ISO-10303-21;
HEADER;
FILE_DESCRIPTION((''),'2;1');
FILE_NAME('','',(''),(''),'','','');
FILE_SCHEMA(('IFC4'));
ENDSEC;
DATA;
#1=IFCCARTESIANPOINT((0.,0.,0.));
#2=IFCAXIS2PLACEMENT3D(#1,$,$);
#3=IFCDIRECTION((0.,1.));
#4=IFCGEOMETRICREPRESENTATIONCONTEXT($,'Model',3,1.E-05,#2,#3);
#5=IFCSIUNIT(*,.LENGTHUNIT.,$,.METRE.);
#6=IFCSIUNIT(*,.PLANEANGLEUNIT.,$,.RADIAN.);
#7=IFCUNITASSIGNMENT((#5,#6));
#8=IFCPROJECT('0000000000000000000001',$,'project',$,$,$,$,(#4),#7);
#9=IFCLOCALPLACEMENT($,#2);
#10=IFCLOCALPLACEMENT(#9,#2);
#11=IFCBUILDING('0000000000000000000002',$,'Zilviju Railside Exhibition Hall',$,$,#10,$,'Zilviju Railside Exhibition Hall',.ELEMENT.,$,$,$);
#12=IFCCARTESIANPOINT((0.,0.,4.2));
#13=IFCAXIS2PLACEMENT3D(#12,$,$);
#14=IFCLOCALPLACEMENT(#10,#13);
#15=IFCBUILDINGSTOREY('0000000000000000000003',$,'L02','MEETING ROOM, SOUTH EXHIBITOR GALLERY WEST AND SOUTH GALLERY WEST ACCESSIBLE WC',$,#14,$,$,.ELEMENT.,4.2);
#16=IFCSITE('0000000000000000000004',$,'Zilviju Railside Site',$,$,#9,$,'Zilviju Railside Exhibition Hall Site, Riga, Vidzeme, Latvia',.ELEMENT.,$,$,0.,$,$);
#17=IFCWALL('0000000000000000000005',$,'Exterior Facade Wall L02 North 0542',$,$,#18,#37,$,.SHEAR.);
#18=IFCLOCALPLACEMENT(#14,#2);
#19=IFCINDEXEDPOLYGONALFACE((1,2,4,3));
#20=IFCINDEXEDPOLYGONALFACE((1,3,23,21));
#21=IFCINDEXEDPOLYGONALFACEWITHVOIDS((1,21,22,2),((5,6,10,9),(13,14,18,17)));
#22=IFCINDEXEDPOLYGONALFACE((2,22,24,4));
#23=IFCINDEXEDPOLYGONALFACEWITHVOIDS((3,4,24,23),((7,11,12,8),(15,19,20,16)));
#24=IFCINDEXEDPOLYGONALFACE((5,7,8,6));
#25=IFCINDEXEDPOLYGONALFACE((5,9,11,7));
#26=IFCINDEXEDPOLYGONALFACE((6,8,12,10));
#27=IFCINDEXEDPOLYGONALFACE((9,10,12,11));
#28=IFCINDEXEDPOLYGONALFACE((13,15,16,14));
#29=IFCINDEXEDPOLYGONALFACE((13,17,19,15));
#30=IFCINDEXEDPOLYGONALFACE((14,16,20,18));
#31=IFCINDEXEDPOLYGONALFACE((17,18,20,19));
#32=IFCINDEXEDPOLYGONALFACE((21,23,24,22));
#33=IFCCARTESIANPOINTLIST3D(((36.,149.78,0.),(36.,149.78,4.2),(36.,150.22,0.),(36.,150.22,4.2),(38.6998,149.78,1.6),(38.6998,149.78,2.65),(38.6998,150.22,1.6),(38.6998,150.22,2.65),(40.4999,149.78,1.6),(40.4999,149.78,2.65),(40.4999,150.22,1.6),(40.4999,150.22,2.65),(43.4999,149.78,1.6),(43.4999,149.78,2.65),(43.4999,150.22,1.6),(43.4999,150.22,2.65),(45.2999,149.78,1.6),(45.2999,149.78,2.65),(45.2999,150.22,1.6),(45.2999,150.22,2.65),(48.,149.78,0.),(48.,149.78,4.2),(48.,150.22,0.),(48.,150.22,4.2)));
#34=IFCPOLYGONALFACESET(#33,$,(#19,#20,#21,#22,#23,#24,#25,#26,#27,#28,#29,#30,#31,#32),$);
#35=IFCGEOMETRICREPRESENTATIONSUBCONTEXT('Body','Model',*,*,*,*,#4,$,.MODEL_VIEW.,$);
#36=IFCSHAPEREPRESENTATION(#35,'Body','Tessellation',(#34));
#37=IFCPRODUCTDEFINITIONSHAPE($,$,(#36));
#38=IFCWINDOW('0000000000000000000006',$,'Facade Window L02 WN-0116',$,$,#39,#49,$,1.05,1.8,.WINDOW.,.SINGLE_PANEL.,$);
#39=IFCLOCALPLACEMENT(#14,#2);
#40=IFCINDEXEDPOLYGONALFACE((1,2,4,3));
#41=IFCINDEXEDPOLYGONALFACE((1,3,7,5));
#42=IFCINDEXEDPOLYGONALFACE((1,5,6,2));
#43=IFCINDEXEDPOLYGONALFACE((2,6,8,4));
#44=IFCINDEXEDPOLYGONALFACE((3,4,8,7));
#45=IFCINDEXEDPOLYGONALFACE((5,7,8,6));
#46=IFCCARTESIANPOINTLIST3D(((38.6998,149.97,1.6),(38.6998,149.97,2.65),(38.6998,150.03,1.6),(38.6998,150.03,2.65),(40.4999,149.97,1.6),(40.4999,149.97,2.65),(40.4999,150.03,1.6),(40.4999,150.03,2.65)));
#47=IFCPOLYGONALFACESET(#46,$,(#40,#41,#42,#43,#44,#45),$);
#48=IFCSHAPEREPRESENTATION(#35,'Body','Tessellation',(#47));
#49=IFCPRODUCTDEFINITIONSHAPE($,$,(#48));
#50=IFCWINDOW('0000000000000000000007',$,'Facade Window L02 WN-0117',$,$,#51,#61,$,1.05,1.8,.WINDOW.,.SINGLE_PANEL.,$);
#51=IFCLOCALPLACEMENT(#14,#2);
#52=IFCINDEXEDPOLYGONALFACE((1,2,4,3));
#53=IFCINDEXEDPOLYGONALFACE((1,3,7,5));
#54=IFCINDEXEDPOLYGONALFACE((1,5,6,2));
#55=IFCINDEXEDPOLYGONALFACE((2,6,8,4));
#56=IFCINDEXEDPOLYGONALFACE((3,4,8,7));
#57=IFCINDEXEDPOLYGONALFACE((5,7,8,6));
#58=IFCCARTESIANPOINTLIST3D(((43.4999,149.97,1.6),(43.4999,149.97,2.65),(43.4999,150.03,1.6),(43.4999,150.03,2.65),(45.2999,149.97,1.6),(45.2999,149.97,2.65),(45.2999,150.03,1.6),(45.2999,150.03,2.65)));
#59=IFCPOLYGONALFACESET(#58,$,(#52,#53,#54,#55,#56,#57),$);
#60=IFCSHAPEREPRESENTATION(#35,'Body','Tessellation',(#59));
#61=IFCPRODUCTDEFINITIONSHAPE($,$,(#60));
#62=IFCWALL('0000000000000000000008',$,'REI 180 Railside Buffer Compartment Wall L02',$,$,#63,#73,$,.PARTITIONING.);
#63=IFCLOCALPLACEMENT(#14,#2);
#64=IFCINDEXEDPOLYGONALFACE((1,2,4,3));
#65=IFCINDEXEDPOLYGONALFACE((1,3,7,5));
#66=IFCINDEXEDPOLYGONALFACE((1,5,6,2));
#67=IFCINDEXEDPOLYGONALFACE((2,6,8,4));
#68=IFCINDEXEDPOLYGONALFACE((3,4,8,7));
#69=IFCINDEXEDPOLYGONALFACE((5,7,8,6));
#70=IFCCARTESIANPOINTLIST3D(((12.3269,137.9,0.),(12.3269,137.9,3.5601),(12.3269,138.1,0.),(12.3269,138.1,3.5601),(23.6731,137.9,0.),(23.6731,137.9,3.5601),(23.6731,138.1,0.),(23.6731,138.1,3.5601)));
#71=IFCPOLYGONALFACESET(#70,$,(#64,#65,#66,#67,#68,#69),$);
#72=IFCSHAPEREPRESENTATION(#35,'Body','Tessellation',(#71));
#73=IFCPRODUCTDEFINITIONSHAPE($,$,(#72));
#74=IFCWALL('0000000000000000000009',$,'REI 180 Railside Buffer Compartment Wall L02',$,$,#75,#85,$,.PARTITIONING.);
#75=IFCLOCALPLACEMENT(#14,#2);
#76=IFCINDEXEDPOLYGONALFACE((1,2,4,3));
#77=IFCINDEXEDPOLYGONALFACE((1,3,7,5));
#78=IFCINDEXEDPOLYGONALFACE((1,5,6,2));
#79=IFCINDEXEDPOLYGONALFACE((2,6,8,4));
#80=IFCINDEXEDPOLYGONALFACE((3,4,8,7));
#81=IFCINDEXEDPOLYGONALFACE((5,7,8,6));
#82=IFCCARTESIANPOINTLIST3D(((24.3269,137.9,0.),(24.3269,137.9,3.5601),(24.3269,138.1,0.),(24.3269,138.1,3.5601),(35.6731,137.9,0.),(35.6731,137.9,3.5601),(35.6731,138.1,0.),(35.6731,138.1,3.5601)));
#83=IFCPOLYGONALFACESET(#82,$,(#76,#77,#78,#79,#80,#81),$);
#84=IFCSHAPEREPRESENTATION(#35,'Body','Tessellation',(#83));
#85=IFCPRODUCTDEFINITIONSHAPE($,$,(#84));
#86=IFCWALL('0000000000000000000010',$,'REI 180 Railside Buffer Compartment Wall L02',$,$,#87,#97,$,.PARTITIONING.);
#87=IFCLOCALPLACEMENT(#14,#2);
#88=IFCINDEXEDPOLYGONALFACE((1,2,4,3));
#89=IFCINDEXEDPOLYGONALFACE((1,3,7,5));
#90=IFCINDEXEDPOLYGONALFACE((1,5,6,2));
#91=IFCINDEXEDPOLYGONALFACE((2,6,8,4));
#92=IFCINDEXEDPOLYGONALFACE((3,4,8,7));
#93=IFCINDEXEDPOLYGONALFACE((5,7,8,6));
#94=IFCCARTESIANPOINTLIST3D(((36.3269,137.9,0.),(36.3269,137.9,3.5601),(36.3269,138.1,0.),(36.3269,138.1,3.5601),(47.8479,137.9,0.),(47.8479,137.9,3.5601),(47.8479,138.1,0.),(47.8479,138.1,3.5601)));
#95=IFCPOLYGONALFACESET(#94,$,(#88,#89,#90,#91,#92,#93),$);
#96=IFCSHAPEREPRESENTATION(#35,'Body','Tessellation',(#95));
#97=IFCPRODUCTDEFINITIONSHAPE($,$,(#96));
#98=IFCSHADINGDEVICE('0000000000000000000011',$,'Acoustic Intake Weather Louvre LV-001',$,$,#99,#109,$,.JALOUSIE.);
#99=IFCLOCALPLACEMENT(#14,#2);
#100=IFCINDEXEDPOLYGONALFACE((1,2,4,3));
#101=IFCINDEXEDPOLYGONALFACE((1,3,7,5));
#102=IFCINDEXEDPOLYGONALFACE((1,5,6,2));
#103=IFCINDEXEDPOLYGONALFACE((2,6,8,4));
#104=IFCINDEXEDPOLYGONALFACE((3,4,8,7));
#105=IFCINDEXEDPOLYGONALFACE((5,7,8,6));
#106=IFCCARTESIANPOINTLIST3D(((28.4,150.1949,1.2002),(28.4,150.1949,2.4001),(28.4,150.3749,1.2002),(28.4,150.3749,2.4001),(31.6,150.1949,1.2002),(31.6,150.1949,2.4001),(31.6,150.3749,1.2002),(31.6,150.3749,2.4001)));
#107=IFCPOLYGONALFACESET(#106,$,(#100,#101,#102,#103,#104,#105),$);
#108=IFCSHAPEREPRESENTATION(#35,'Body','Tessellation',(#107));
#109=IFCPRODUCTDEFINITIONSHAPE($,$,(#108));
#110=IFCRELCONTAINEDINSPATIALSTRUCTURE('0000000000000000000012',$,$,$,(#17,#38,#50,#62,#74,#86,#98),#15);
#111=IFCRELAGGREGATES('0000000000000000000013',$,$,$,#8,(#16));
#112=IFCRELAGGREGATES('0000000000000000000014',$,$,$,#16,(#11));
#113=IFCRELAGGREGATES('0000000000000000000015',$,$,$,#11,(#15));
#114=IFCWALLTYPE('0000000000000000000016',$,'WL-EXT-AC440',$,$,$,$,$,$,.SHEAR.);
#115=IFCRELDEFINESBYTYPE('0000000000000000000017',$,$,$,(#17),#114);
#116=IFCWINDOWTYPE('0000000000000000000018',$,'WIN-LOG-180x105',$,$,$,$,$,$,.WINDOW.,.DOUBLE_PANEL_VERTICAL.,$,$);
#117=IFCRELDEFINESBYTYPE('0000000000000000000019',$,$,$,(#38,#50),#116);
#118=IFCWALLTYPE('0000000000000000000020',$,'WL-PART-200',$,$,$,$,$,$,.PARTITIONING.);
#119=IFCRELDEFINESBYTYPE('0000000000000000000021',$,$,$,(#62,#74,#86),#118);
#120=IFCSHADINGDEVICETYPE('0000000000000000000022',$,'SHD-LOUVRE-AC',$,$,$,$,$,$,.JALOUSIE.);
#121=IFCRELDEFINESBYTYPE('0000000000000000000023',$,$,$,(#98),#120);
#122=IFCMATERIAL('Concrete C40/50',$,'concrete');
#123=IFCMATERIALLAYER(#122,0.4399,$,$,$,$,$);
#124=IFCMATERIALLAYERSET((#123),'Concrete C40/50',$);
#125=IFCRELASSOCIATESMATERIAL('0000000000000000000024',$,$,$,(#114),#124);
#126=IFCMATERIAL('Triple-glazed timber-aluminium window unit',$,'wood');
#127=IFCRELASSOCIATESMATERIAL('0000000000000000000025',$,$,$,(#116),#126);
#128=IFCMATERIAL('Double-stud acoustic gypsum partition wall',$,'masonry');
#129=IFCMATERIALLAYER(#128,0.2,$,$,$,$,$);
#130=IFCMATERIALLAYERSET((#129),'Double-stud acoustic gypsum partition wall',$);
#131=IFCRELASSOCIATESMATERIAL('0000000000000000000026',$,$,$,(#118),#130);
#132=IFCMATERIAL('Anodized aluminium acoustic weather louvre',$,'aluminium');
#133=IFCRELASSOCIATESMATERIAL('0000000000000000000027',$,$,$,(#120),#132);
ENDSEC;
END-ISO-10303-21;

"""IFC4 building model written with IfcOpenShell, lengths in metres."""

from ifc_helpers import new_model, si_unit, direction, frame, frame_2d, origin, origin_2d, place, context, subcontext, project, spatial, rectangle, extrude, material, layer, layer_set, type_object, element, fill, save


model = new_model("IFC4")

# Units and contexts
model_context = context("Model", 3, precision=1e-05, world=origin(), true_north=direction((0.0, 1.0)))
body_context = subcontext(model_context, "Body", "Model", "MODEL_VIEW")
ifc_project = project(units=[si_unit("LENGTHUNIT", "METRE"), si_unit("PLANEANGLEUNIT", "RADIAN")], contexts=[model_context])

# Site, building, storey
site_placement = place(None, origin())
site = spatial("IfcSite", under=ifc_project, at=site_placement, Name="Zilviju Railside Site", LongName="Zilviju Railside Exhibition Hall Site, Riga, Vidzeme, Latvia", CompositionType="ELEMENT", RefElevation=0.0)
building_placement = place(site_placement, origin())
building = spatial("IfcBuilding", under=site, at=building_placement, Name="Zilviju Railside Exhibition Hall", LongName="Zilviju Railside Exhibition Hall", CompositionType="ELEMENT")
storey_placement = place(building_placement, frame((0.0, 0.0, 4.2)))
storey = spatial("IfcBuildingStorey", under=building, at=storey_placement, Name="L02", Description="MEETING ROOM, SOUTH EXHIBITOR GALLERY WEST AND SOUTH GALLERY WEST ACCESSIBLE WC", CompositionType="ELEMENT", Elevation=4.2)

# Shared definitions
ifc_material_1 = material(Name="Concrete C40/50", Category="concrete")

# Wall, openings, windows
ifc_layer_1 = layer(ifc_material_1, 0.4399)
ifc_layer_set_1 = layer_set([ifc_layer_1], Name="Concrete C40/50")
wall_type_1 = type_object("IfcWallType", Name="WL-EXT-AC440", PredefinedType="SHEAR", material=ifc_layer_set_1)
ifc_material_2 = material(Name="Triple-glazed timber-aluminium window unit", Category="wood")
window_type = type_object("IfcWindowType", Name="WIN-LOG-180x105", PartitioningType="DOUBLE_PANEL_VERTICAL", PredefinedType="WINDOW", material=ifc_material_2)
wall_1_placement = place(storey_placement, frame((36.0, 150.0, 0.0), z_axis=(0.0, 0.0, 1.0), x_axis=(1.0, 0.0, 0.0)))
wall_1 = element("IfcWall", 1, at=wall_1_placement, inside=storey, type_object=wall_type_1, Name="Exterior Facade Wall L02 North 0542", PredefinedType="SHEAR", context=body_context, shape_type="SweptSolid", body=[
    extrude(rectangle(XDim=12.0, YDim=0.4399, at=frame_2d((6.0, 0.0))), origin(), (0.0, 0.0, 1.0), 4.2),
])
opening_1_placement = place(wall_1_placement, frame((2.7, 0.0, 1.6001)))
opening_1 = element("IfcOpeningElement", 2, at=opening_1_placement, cuts=wall_1, PredefinedType="OPENING", context=body_context, shape_type="SweptSolid", body=[
    extrude(rectangle(XDim=1.8, YDim=1.05, at=frame_2d((0.8999, 0.5249))), frame((0.0, 0.23, 0.0), z_axis=(0.0, -1.0, 0.0), x_axis=(1.0, 0.0, 0.0)), (0.0, 0.0, 1.0), 0.46),
])
opening_2_placement = place(wall_1_placement, frame((7.5, 0.0, 1.6001)))
opening_2 = element("IfcOpeningElement", 3, at=opening_2_placement, cuts=wall_1, PredefinedType="OPENING", context=body_context, shape_type="SweptSolid", body=[
    extrude(rectangle(XDim=1.8, YDim=1.05, at=frame_2d((0.8999, 0.5249))), frame((0.0, 0.23, 0.0), z_axis=(0.0, -1.0, 0.0), x_axis=(1.0, 0.0, 0.0)), (0.0, 0.0, 1.0), 0.46),
])
window_1_placement = place(opening_1_placement, origin())
window_1 = element("IfcWindow", 4, at=window_1_placement, inside=storey, type_object=window_type, Name="Facade Window L02 WN-0116", OverallHeight=1.05, OverallWidth=1.8, PartitioningType="SINGLE_PANEL", PredefinedType="WINDOW", context=body_context, shape_type="SweptSolid", body=[
    extrude(rectangle(XDim=1.8, YDim=1.05, at=frame_2d((0.8999, 0.5249))), frame((0.0, 0.03, 0.0), z_axis=(0.0, -1.0, 0.0), x_axis=(1.0, 0.0, 0.0)), (0.0, 0.0, 1.0), 0.0601),
])
fill(opening_1, window_1)
window_2_placement = place(opening_2_placement, origin())
window_2 = element("IfcWindow", 5, at=window_2_placement, inside=storey, type_object=window_type, Name="Facade Window L02 WN-0117", OverallHeight=1.05, OverallWidth=1.8, PartitioningType="SINGLE_PANEL", PredefinedType="WINDOW", context=body_context, shape_type="SweptSolid", body=[
    extrude(rectangle(XDim=1.8, YDim=1.05, at=frame_2d((0.8999, 0.5249))), frame((0.0, 0.03, 0.0), z_axis=(0.0, -1.0, 0.0), x_axis=(1.0, 0.0, 0.0)), (0.0, 0.0, 1.0), 0.0601),
])
fill(opening_2, window_2)

# Walls
ifc_material_3 = material(Name="Double-stud acoustic gypsum partition wall", Category="masonry")
ifc_layer_2 = layer(ifc_material_3, 0.2)
ifc_layer_set_2 = layer_set([ifc_layer_2], Name="Double-stud acoustic gypsum partition wall")
wall_type_2 = type_object("IfcWallType", Name="WL-PART-200", PredefinedType="PARTITIONING", material=ifc_layer_set_2)
for number, where, z_axis, x_axis, name in (
    (6, (12.3269, 138.0, 0.0), (0.0, 0.0, 1.0), (1.0, 0.0, 0.0), "REI 180 Railside Buffer Compartment Wall L02"),
    (7, (24.3269, 138.0, 0.0), (0.0, 0.0, 1.0), (1.0, 0.0, 0.0), "REI 180 Railside Buffer Compartment Wall L02"),
):
    element("IfcWall", number, at=place(storey_placement, frame(where, z_axis=z_axis, x_axis=x_axis)), inside=storey, type_object=wall_type_2, Name=name, PredefinedType="PARTITIONING", context=body_context, shape_type="SweptSolid", body=[
        extrude(rectangle(XDim=11.3462, YDim=0.2, at=frame_2d((5.6731, 0.0))), origin(), (0.0, 0.0, 1.0), 3.5601),
    ])
wall_2_placement = place(storey_placement, frame((36.3269, 138.0, 0.0), z_axis=(0.0, 0.0, 1.0), x_axis=(1.0, 0.0, 0.0)))
element("IfcWall", 8, at=wall_2_placement, inside=storey, type_object=wall_type_2, Name="REI 180 Railside Buffer Compartment Wall L02", PredefinedType="PARTITIONING", context=body_context, shape_type="SweptSolid", body=[
    extrude(rectangle(XDim=11.521, YDim=0.2, at=frame_2d((5.7605, 0.0))), origin(), (0.0, 0.0, 1.0), 3.5601),
])

# Shading device
ifc_material_4 = material(Name="Anodized aluminium acoustic weather louvre", Category="aluminium")
shading_device_type = type_object("IfcShadingDeviceType", Name="SHD-LOUVRE-AC", PredefinedType="JALOUSIE", material=ifc_material_4)
shading_device_placement = place(storey_placement, frame((30.0, 150.2849, 1.2002), z_axis=(0.0, 0.0, 1.0), x_axis=(1.0, 0.0, 0.0)))
element("IfcShadingDevice", 9, at=shading_device_placement, inside=storey, type_object=shading_device_type, Name="Acoustic Intake Weather Louvre LV-001", PredefinedType="JALOUSIE", context=body_context, shape_type="SweptSolid", body=[
    extrude(rectangle(XDim=3.2, YDim=0.1799, at=origin_2d()), origin(), (0.0, 0.0, 1.0), 1.2),
])

save(model, "model.ifc")
